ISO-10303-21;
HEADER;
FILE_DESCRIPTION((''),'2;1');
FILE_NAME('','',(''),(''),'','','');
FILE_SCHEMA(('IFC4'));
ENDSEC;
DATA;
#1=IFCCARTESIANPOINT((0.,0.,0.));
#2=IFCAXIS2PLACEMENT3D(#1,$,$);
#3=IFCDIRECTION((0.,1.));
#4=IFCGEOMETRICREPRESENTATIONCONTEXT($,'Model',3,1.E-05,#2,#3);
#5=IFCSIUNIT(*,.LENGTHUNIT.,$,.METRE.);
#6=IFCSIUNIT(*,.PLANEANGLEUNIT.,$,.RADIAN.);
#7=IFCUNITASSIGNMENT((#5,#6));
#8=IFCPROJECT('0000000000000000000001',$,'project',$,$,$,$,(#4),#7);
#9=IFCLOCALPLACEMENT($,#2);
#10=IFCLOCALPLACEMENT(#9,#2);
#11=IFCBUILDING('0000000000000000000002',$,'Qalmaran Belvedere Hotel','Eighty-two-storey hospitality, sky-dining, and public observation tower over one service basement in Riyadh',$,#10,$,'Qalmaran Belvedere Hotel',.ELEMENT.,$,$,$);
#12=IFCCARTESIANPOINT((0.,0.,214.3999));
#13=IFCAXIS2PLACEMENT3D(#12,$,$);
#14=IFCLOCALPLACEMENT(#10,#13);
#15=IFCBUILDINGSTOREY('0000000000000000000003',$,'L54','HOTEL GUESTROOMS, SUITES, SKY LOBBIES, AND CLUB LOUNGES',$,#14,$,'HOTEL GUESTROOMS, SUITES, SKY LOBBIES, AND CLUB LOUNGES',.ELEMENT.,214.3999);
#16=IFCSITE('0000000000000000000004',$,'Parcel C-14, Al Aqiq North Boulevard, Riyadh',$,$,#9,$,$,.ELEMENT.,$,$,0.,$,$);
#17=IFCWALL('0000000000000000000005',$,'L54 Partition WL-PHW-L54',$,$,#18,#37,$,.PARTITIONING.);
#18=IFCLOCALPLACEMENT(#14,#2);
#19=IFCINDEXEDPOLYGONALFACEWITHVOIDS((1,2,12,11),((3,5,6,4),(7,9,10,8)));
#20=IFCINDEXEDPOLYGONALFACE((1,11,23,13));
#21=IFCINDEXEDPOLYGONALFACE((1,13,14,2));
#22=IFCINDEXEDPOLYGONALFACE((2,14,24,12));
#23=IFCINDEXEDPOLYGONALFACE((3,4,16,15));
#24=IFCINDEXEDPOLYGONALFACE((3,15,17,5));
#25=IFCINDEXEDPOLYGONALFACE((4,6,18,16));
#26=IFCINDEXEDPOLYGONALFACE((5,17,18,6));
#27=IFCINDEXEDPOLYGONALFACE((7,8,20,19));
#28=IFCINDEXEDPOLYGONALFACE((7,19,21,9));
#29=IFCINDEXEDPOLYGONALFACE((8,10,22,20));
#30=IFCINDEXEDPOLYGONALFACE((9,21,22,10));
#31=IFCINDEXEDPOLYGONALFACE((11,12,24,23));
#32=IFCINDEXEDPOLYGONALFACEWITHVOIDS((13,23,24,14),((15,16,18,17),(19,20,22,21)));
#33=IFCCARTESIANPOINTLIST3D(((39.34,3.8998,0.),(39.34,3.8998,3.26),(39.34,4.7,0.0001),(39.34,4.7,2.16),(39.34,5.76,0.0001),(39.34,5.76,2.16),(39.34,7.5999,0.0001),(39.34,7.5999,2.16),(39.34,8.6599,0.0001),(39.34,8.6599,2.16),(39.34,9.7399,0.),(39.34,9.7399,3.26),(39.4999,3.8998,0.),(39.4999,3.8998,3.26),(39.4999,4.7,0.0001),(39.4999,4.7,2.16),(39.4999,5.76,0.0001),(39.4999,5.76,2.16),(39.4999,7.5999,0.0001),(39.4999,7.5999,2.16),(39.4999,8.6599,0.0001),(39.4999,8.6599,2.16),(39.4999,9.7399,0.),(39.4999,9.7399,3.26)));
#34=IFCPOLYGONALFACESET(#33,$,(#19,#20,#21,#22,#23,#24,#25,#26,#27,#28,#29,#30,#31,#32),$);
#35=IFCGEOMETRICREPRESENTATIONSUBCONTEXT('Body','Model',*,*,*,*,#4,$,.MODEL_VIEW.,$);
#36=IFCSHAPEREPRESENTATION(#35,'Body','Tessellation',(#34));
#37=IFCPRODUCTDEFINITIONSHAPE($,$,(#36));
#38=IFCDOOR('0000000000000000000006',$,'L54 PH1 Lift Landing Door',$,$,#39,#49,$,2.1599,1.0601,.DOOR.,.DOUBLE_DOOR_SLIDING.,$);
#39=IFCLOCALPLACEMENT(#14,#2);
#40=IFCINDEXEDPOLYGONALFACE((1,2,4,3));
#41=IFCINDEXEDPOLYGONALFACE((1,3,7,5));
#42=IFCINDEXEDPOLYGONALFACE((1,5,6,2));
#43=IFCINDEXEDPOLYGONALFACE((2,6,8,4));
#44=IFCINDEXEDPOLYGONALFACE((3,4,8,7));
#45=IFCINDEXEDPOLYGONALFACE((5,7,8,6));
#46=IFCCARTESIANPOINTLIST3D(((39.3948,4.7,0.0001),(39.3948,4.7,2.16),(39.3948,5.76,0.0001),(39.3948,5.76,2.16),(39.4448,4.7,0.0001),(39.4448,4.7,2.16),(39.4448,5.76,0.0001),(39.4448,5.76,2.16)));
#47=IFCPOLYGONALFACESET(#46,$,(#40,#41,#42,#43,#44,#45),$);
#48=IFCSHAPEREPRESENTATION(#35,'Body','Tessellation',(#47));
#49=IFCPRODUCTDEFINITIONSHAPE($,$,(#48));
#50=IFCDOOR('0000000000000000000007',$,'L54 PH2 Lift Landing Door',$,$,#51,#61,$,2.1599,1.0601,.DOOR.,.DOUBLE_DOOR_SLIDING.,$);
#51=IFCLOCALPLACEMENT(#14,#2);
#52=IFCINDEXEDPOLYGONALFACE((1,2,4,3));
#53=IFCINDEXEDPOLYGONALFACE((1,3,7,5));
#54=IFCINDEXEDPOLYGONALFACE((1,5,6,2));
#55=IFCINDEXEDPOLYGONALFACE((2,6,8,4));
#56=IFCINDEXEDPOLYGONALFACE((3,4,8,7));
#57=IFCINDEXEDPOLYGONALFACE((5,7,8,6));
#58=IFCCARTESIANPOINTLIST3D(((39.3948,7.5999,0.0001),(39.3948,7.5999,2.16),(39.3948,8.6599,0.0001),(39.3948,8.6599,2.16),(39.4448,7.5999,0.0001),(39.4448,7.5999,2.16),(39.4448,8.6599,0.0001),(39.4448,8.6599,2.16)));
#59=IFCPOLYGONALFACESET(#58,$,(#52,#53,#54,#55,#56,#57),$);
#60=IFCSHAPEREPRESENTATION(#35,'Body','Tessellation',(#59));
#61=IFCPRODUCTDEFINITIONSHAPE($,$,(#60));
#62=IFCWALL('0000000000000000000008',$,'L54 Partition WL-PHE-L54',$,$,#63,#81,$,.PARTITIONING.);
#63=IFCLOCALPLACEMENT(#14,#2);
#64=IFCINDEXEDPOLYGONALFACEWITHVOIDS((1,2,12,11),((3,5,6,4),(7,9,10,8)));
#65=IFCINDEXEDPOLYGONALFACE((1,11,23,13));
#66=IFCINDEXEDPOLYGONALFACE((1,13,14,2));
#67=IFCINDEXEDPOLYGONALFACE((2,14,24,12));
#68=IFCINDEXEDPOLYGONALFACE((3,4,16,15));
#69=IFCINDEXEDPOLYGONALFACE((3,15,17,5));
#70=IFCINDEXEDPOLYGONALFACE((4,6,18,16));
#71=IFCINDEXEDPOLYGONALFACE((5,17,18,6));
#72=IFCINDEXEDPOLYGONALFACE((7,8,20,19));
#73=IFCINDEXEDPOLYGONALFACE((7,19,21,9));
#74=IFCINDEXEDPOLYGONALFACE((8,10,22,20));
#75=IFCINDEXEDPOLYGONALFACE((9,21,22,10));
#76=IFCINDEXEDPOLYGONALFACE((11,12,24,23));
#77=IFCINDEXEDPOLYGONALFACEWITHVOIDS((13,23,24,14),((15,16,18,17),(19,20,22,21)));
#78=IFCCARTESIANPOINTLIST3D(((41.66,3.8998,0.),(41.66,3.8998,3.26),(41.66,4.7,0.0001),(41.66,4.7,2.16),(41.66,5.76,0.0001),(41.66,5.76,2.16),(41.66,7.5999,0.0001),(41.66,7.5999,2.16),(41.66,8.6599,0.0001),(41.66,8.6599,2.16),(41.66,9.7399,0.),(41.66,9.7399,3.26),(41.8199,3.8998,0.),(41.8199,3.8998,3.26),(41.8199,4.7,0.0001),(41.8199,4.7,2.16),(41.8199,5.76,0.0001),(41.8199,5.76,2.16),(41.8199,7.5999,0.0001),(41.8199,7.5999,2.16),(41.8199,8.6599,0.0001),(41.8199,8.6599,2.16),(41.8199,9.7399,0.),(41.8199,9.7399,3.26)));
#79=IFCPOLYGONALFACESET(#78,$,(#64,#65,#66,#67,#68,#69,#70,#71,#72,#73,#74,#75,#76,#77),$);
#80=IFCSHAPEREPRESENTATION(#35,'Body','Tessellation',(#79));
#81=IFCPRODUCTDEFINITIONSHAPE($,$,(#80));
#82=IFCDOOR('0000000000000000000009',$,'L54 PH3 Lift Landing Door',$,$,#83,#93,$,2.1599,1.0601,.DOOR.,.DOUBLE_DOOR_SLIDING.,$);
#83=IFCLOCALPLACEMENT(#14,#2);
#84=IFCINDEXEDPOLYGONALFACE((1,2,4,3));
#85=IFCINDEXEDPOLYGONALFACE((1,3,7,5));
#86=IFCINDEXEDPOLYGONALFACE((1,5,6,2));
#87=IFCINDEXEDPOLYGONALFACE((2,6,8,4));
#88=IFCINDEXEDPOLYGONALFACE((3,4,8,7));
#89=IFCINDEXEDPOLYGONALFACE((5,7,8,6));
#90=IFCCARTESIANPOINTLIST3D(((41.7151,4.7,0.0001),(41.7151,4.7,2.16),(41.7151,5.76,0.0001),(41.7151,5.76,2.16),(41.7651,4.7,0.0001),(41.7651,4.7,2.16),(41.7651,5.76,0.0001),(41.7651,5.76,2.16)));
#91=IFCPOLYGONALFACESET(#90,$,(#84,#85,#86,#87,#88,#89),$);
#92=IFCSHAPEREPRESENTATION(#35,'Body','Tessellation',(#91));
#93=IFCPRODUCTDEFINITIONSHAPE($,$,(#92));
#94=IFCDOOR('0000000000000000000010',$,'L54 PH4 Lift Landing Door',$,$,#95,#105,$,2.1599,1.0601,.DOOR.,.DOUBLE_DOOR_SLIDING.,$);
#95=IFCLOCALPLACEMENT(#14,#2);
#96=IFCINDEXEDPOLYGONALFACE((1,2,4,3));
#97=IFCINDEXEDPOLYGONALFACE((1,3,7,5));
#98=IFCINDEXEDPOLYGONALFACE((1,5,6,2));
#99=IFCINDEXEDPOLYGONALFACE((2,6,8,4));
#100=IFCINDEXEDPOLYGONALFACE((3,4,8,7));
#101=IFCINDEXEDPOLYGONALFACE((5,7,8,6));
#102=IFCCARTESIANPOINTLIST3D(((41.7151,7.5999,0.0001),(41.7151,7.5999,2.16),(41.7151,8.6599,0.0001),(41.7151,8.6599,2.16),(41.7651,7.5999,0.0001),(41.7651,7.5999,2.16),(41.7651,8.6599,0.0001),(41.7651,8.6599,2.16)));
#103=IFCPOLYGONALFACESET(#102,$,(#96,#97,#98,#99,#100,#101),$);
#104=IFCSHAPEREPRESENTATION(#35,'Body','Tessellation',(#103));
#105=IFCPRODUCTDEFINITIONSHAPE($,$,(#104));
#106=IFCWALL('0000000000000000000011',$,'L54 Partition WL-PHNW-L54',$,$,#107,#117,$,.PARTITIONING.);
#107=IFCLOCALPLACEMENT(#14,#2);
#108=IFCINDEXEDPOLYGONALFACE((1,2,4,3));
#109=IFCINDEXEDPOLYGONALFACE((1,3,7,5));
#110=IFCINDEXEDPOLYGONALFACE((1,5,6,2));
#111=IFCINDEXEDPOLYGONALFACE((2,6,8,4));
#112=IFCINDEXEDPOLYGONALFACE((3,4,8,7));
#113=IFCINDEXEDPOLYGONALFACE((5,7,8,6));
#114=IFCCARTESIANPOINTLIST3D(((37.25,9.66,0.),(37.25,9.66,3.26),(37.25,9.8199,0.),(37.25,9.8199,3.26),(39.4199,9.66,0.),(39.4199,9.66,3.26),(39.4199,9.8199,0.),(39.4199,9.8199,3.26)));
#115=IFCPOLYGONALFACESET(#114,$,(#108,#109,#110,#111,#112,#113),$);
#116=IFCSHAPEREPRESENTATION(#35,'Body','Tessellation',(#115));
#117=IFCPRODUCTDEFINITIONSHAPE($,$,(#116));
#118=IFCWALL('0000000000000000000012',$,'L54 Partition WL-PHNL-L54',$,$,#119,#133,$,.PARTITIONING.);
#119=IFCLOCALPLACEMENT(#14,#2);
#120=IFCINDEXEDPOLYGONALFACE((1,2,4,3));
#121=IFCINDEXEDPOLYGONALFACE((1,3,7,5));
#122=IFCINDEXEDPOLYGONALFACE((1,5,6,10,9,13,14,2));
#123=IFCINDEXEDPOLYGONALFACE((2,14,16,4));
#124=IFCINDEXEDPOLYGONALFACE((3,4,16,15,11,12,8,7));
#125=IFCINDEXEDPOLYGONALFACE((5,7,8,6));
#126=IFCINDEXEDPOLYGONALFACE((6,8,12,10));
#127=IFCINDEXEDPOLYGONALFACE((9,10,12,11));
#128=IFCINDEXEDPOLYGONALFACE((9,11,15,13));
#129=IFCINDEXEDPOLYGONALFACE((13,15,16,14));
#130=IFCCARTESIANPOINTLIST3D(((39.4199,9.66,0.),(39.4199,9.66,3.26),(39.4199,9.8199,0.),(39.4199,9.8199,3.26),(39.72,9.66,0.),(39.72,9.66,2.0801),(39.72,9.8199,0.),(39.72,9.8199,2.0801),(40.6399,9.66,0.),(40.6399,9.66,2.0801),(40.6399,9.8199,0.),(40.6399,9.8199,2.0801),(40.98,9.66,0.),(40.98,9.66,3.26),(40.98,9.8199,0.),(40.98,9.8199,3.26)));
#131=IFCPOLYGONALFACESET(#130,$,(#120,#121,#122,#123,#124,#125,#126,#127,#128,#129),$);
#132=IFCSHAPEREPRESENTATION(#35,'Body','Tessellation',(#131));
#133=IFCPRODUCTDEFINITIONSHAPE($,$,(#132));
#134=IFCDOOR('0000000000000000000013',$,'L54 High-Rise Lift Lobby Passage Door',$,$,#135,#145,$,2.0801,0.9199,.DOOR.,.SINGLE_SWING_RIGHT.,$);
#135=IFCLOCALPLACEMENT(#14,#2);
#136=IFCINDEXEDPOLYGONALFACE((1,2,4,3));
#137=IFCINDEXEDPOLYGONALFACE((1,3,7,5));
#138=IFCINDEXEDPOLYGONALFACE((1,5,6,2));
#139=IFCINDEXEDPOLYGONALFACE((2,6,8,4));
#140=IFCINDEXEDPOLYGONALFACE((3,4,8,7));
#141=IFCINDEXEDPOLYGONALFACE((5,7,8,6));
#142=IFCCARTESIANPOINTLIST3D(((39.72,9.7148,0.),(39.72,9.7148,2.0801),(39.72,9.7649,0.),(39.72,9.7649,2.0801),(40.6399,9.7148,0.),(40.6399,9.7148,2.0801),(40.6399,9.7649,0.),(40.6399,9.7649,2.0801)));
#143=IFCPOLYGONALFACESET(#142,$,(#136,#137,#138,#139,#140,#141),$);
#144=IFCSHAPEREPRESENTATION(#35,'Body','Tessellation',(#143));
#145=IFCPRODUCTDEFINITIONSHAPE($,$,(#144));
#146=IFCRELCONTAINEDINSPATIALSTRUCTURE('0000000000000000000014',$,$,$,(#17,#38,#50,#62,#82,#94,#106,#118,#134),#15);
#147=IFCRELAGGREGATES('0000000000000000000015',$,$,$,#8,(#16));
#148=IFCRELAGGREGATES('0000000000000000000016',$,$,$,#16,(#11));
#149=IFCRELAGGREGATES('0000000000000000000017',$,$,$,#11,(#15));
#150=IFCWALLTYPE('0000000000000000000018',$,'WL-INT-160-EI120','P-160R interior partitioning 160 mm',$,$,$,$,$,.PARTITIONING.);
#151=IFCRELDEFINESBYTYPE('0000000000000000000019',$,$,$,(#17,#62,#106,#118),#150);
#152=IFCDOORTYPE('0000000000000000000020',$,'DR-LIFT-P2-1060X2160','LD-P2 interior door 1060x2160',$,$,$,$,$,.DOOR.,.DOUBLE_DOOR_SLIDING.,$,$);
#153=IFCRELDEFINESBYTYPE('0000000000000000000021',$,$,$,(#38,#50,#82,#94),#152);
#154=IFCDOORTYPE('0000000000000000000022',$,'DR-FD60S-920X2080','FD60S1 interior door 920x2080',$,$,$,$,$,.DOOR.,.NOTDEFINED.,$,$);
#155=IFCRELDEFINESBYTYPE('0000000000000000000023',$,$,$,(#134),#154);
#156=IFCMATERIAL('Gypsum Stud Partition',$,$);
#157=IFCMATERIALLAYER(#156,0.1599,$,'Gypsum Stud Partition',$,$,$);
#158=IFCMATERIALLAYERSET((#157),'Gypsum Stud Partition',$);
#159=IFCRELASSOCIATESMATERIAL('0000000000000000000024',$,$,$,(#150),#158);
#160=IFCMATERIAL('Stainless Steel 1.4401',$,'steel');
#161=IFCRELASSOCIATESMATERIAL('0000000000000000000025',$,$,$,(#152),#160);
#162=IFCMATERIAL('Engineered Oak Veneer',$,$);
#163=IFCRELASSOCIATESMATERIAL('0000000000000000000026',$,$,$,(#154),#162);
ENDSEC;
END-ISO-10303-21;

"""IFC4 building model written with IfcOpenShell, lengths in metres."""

from ifc_helpers import new_model, si_unit, direction, frame, frame_2d, origin, place, context, subcontext, project, spatial, rectangle, extrude, material, layer, layer_set, type_object, element, fill, save


model = new_model("IFC4")

# Units and contexts
model_context = context("Model", 3, precision=1e-05, world=origin(), true_north=direction((0.0, 1.0)))
body_context = subcontext(model_context, "Body", "Model", "MODEL_VIEW")
ifc_project = project(units=[si_unit("LENGTHUNIT", "METRE"), si_unit("PLANEANGLEUNIT", "RADIAN")], contexts=[model_context])

# Site, building, storey
site_placement = place(None, origin())
site = spatial("IfcSite", under=ifc_project, at=site_placement, Name="Parcel C-14, Al Aqiq North Boulevard, Riyadh", CompositionType="ELEMENT", RefElevation=0.0)
building_placement = place(site_placement, origin())
building = spatial("IfcBuilding", under=site, at=building_placement, Name="Qalmaran Belvedere Hotel", Description="Eighty-two-storey hospitality, sky-dining, and public observation tower over one service basement in Riyadh", LongName="Qalmaran Belvedere Hotel", CompositionType="ELEMENT")
storey_placement = place(building_placement, frame((0.0, 0.0, 214.3999)))
storey = spatial("IfcBuildingStorey", under=building, at=storey_placement, Name="L54", Description="HOTEL GUESTROOMS, SUITES, SKY LOBBIES, AND CLUB LOUNGES", LongName="HOTEL GUESTROOMS, SUITES, SKY LOBBIES, AND CLUB LOUNGES", CompositionType="ELEMENT", Elevation=214.3999)

# Shared definitions
ifc_material_1 = material(Name="Gypsum Stud Partition")

# Walls, openings, doors
ifc_layer_1 = layer(ifc_material_1, 0.1599, Name="Gypsum Stud Partition")
ifc_layer_set_1 = layer_set([ifc_layer_1], Name="Gypsum Stud Partition")
wall_type_1 = type_object("IfcWallType", Name="WL-INT-160-EI120", Description="P-160R interior partitioning 160 mm", PredefinedType="PARTITIONING", material=ifc_layer_set_1)
wall_1_placement = place(storey_placement, frame((39.4199, 3.8999, 0.0), z_axis=(0.0, 0.0, 1.0), x_axis=(0.0, 1.0, 0.0)))
wall_1 = element("IfcWall", 1, at=wall_1_placement, inside=storey, type_object=wall_type_1, Name="L54 Partition WL-PHW-L54", PredefinedType="PARTITIONING", context=body_context, shape_type="SweptSolid", body=[
    extrude(rectangle(XDim=5.8401, YDim=0.1599, at=frame_2d((2.9199, 0.0))), origin(), (0.0, 0.0, 1.0), 3.26),
])
opening_1_placement = place(wall_1_placement, frame((1.8601, 0.0, 0.0), z_axis=(0.0, 0.0, 1.0), x_axis=(-1.0, 0.0, 0.0)))
opening_1 = element("IfcOpeningElement", 2, at=opening_1_placement, cuts=wall_1, PredefinedType="OPENING", context=body_context, shape_type="SweptSolid", body=[
    extrude(rectangle(XDim=1.0601, YDim=2.1599, at=frame_2d((0.53, 1.0801))), frame((0.0, 0.0898, 0.0), z_axis=(0.0, -1.0, 0.0), x_axis=(1.0, 0.0, 0.0)), (0.0, 0.0, 1.0), 0.1799),
])
opening_2_placement = place(wall_1_placement, frame((4.76, 0.0, 0.0), z_axis=(0.0, 0.0, 1.0), x_axis=(-1.0, 0.0, 0.0)))
opening_2 = element("IfcOpeningElement", 3, at=opening_2_placement, cuts=wall_1, PredefinedType="OPENING", context=body_context, shape_type="SweptSolid", body=[
    extrude(rectangle(XDim=1.0601, YDim=2.1599, at=frame_2d((0.53, 1.0801))), frame((0.0, 0.0898, 0.0), z_axis=(0.0, -1.0, 0.0), x_axis=(1.0, 0.0, 0.0)), (0.0, 0.0, 1.0), 0.1799),
])
ifc_material_2 = material(Name="Stainless Steel 1.4401", Category="steel")
door_type_1 = type_object("IfcDoorType", Name="DR-LIFT-P2-1060X2160", Description="LD-P2 interior door 1060x2160", OperationType="DOUBLE_DOOR_SLIDING", PredefinedType="DOOR", material=ifc_material_2)
door_1_placement = place(opening_1_placement, origin())
door_1 = element("IfcDoor", 4, at=door_1_placement, inside=storey, type_object=door_type_1, Name="L54 PH1 Lift Landing Door", OperationType="DOUBLE_DOOR_SLIDING", OverallHeight=2.1599, OverallWidth=1.0601, PredefinedType="DOOR", context=body_context, shape_type="SweptSolid", body=[
    extrude(rectangle(XDim=1.0601, YDim=2.1599, at=frame_2d((0.53, 1.0801))), frame((0.0, 0.0249, 0.0), z_axis=(0.0, -1.0, 0.0), x_axis=(1.0, 0.0, 0.0)), (0.0, 0.0, 1.0), 0.05),
])
fill(opening_1, door_1)
door_2_placement = place(opening_2_placement, origin())
door_2 = element("IfcDoor", 5, at=door_2_placement, inside=storey, type_object=door_type_1, Name="L54 PH2 Lift Landing Door", OperationType="DOUBLE_DOOR_SLIDING", OverallHeight=2.1599, OverallWidth=1.0601, PredefinedType="DOOR", context=body_context, shape_type="SweptSolid", body=[
    extrude(rectangle(XDim=1.0601, YDim=2.1599, at=frame_2d((0.53, 1.0801))), frame((0.0, 0.0249, 0.0), z_axis=(0.0, -1.0, 0.0), x_axis=(1.0, 0.0, 0.0)), (0.0, 0.0, 1.0), 0.05),
])
fill(opening_2, door_2)
wall_2_placement = place(storey_placement, frame((41.74, 3.8999, 0.0), z_axis=(0.0, 0.0, 1.0), x_axis=(0.0, 1.0, 0.0)))
wall_2 = element("IfcWall", 6, at=wall_2_placement, inside=storey, type_object=wall_type_1, Name="L54 Partition WL-PHE-L54", PredefinedType="PARTITIONING", context=body_context, shape_type="SweptSolid", body=[
    extrude(rectangle(XDim=5.8401, YDim=0.1599, at=frame_2d((2.9199, 0.0))), origin(), (0.0, 0.0, 1.0), 3.26),
])
opening_3_placement = place(wall_2_placement, frame((0.8, 0.0, 0.0)))
opening_3 = element("IfcOpeningElement", 7, at=opening_3_placement, cuts=wall_2, PredefinedType="OPENING", context=body_context, shape_type="SweptSolid", body=[
    extrude(rectangle(XDim=1.0601, YDim=2.1599, at=frame_2d((0.53, 1.0801))), frame((0.0, 0.0898, 0.0), z_axis=(0.0, -1.0, 0.0), x_axis=(1.0, 0.0, 0.0)), (0.0, 0.0, 1.0), 0.1799),
])
opening_4_placement = place(wall_2_placement, frame((3.7, 0.0, 0.0)))
opening_4 = element("IfcOpeningElement", 8, at=opening_4_placement, cuts=wall_2, PredefinedType="OPENING", context=body_context, shape_type="SweptSolid", body=[
    extrude(rectangle(XDim=1.0601, YDim=2.1599, at=frame_2d((0.53, 1.0801))), frame((0.0, 0.0898, 0.0), z_axis=(0.0, -1.0, 0.0), x_axis=(1.0, 0.0, 0.0)), (0.0, 0.0, 1.0), 0.1799),
])
door_3_placement = place(opening_3_placement, origin())
door_3 = element("IfcDoor", 9, at=door_3_placement, inside=storey, type_object=door_type_1, Name="L54 PH3 Lift Landing Door", OperationType="DOUBLE_DOOR_SLIDING", OverallHeight=2.1599, OverallWidth=1.0601, PredefinedType="DOOR", context=body_context, shape_type="SweptSolid", body=[
    extrude(rectangle(XDim=1.0601, YDim=2.1599, at=frame_2d((0.53, 1.0801))), frame((0.0, 0.0249, 0.0), z_axis=(0.0, -1.0, 0.0), x_axis=(1.0, 0.0, 0.0)), (0.0, 0.0, 1.0), 0.05),
])
fill(opening_3, door_3)
door_4_placement = place(opening_4_placement, origin())
door_4 = element("IfcDoor", 10, at=door_4_placement, inside=storey, type_object=door_type_1, Name="L54 PH4 Lift Landing Door", OperationType="DOUBLE_DOOR_SLIDING", OverallHeight=2.1599, OverallWidth=1.0601, PredefinedType="DOOR", context=body_context, shape_type="SweptSolid", body=[
    extrude(rectangle(XDim=1.0601, YDim=2.1599, at=frame_2d((0.53, 1.0801))), frame((0.0, 0.0249, 0.0), z_axis=(0.0, -1.0, 0.0), x_axis=(1.0, 0.0, 0.0)), (0.0, 0.0, 1.0), 0.05),
])
fill(opening_4, door_4)

# Wall
wall_3_placement = place(storey_placement, frame((37.25, 9.74, 0.0), z_axis=(0.0, 0.0, 1.0), x_axis=(1.0, 0.0, 0.0)))
element("IfcWall", 11, at=wall_3_placement, inside=storey, type_object=wall_type_1, Name="L54 Partition WL-PHNW-L54", PredefinedType="PARTITIONING", context=body_context, shape_type="SweptSolid", body=[
    extrude(rectangle(XDim=2.1699, YDim=0.1599, at=frame_2d((1.085, 0.0))), origin(), (0.0, 0.0, 1.0), 3.26),
])

# Wall, opening, door
wall_4_placement = place(storey_placement, frame((39.4199, 9.74, 0.0), z_axis=(0.0, 0.0, 1.0), x_axis=(1.0, 0.0, 0.0)))
wall_4 = element("IfcWall", 12, at=wall_4_placement, inside=storey, type_object=wall_type_1, Name="L54 Partition WL-PHNL-L54", PredefinedType="PARTITIONING", context=body_context, shape_type="SweptSolid", body=[
    extrude(rectangle(XDim=1.5601, YDim=0.1599, at=frame_2d((0.78, 0.0))), origin(), (0.0, 0.0, 1.0), 3.26),
])
opening_5_placement = place(wall_4_placement, frame((0.3, 0.0, 0.0)))
opening_5 = element("IfcOpeningElement", 13, at=opening_5_placement, cuts=wall_4, PredefinedType="OPENING", context=body_context, shape_type="SweptSolid", body=[
    extrude(rectangle(XDim=0.9199, YDim=2.0801, at=frame_2d((0.46, 1.04))), frame((0.0, 0.0898, 0.0), z_axis=(0.0, -1.0, 0.0), x_axis=(1.0, 0.0, 0.0)), (0.0, 0.0, 1.0), 0.1799),
])
ifc_material_3 = material(Name="Engineered Oak Veneer")
door_type_2 = type_object("IfcDoorType", Name="DR-FD60S-920X2080", Description="FD60S1 interior door 920x2080", OperationType="NOTDEFINED", PredefinedType="DOOR", material=ifc_material_3)
door_5_placement = place(opening_5_placement, origin())
door_5 = element("IfcDoor", 14, at=door_5_placement, inside=storey, type_object=door_type_2, Name="L54 High-Rise Lift Lobby Passage Door", OperationType="SINGLE_SWING_RIGHT", OverallHeight=2.0801, OverallWidth=0.9199, PredefinedType="DOOR", context=body_context, shape_type="SweptSolid", body=[
    extrude(rectangle(XDim=0.9199, YDim=2.0801, at=frame_2d((0.46, 1.04))), frame((0.0, 0.0249, 0.0), z_axis=(0.0, -1.0, 0.0), x_axis=(1.0, 0.0, 0.0)), (0.0, 0.0, 1.0), 0.05),
])
fill(opening_5, door_5)

save(model, "model.ifc")
